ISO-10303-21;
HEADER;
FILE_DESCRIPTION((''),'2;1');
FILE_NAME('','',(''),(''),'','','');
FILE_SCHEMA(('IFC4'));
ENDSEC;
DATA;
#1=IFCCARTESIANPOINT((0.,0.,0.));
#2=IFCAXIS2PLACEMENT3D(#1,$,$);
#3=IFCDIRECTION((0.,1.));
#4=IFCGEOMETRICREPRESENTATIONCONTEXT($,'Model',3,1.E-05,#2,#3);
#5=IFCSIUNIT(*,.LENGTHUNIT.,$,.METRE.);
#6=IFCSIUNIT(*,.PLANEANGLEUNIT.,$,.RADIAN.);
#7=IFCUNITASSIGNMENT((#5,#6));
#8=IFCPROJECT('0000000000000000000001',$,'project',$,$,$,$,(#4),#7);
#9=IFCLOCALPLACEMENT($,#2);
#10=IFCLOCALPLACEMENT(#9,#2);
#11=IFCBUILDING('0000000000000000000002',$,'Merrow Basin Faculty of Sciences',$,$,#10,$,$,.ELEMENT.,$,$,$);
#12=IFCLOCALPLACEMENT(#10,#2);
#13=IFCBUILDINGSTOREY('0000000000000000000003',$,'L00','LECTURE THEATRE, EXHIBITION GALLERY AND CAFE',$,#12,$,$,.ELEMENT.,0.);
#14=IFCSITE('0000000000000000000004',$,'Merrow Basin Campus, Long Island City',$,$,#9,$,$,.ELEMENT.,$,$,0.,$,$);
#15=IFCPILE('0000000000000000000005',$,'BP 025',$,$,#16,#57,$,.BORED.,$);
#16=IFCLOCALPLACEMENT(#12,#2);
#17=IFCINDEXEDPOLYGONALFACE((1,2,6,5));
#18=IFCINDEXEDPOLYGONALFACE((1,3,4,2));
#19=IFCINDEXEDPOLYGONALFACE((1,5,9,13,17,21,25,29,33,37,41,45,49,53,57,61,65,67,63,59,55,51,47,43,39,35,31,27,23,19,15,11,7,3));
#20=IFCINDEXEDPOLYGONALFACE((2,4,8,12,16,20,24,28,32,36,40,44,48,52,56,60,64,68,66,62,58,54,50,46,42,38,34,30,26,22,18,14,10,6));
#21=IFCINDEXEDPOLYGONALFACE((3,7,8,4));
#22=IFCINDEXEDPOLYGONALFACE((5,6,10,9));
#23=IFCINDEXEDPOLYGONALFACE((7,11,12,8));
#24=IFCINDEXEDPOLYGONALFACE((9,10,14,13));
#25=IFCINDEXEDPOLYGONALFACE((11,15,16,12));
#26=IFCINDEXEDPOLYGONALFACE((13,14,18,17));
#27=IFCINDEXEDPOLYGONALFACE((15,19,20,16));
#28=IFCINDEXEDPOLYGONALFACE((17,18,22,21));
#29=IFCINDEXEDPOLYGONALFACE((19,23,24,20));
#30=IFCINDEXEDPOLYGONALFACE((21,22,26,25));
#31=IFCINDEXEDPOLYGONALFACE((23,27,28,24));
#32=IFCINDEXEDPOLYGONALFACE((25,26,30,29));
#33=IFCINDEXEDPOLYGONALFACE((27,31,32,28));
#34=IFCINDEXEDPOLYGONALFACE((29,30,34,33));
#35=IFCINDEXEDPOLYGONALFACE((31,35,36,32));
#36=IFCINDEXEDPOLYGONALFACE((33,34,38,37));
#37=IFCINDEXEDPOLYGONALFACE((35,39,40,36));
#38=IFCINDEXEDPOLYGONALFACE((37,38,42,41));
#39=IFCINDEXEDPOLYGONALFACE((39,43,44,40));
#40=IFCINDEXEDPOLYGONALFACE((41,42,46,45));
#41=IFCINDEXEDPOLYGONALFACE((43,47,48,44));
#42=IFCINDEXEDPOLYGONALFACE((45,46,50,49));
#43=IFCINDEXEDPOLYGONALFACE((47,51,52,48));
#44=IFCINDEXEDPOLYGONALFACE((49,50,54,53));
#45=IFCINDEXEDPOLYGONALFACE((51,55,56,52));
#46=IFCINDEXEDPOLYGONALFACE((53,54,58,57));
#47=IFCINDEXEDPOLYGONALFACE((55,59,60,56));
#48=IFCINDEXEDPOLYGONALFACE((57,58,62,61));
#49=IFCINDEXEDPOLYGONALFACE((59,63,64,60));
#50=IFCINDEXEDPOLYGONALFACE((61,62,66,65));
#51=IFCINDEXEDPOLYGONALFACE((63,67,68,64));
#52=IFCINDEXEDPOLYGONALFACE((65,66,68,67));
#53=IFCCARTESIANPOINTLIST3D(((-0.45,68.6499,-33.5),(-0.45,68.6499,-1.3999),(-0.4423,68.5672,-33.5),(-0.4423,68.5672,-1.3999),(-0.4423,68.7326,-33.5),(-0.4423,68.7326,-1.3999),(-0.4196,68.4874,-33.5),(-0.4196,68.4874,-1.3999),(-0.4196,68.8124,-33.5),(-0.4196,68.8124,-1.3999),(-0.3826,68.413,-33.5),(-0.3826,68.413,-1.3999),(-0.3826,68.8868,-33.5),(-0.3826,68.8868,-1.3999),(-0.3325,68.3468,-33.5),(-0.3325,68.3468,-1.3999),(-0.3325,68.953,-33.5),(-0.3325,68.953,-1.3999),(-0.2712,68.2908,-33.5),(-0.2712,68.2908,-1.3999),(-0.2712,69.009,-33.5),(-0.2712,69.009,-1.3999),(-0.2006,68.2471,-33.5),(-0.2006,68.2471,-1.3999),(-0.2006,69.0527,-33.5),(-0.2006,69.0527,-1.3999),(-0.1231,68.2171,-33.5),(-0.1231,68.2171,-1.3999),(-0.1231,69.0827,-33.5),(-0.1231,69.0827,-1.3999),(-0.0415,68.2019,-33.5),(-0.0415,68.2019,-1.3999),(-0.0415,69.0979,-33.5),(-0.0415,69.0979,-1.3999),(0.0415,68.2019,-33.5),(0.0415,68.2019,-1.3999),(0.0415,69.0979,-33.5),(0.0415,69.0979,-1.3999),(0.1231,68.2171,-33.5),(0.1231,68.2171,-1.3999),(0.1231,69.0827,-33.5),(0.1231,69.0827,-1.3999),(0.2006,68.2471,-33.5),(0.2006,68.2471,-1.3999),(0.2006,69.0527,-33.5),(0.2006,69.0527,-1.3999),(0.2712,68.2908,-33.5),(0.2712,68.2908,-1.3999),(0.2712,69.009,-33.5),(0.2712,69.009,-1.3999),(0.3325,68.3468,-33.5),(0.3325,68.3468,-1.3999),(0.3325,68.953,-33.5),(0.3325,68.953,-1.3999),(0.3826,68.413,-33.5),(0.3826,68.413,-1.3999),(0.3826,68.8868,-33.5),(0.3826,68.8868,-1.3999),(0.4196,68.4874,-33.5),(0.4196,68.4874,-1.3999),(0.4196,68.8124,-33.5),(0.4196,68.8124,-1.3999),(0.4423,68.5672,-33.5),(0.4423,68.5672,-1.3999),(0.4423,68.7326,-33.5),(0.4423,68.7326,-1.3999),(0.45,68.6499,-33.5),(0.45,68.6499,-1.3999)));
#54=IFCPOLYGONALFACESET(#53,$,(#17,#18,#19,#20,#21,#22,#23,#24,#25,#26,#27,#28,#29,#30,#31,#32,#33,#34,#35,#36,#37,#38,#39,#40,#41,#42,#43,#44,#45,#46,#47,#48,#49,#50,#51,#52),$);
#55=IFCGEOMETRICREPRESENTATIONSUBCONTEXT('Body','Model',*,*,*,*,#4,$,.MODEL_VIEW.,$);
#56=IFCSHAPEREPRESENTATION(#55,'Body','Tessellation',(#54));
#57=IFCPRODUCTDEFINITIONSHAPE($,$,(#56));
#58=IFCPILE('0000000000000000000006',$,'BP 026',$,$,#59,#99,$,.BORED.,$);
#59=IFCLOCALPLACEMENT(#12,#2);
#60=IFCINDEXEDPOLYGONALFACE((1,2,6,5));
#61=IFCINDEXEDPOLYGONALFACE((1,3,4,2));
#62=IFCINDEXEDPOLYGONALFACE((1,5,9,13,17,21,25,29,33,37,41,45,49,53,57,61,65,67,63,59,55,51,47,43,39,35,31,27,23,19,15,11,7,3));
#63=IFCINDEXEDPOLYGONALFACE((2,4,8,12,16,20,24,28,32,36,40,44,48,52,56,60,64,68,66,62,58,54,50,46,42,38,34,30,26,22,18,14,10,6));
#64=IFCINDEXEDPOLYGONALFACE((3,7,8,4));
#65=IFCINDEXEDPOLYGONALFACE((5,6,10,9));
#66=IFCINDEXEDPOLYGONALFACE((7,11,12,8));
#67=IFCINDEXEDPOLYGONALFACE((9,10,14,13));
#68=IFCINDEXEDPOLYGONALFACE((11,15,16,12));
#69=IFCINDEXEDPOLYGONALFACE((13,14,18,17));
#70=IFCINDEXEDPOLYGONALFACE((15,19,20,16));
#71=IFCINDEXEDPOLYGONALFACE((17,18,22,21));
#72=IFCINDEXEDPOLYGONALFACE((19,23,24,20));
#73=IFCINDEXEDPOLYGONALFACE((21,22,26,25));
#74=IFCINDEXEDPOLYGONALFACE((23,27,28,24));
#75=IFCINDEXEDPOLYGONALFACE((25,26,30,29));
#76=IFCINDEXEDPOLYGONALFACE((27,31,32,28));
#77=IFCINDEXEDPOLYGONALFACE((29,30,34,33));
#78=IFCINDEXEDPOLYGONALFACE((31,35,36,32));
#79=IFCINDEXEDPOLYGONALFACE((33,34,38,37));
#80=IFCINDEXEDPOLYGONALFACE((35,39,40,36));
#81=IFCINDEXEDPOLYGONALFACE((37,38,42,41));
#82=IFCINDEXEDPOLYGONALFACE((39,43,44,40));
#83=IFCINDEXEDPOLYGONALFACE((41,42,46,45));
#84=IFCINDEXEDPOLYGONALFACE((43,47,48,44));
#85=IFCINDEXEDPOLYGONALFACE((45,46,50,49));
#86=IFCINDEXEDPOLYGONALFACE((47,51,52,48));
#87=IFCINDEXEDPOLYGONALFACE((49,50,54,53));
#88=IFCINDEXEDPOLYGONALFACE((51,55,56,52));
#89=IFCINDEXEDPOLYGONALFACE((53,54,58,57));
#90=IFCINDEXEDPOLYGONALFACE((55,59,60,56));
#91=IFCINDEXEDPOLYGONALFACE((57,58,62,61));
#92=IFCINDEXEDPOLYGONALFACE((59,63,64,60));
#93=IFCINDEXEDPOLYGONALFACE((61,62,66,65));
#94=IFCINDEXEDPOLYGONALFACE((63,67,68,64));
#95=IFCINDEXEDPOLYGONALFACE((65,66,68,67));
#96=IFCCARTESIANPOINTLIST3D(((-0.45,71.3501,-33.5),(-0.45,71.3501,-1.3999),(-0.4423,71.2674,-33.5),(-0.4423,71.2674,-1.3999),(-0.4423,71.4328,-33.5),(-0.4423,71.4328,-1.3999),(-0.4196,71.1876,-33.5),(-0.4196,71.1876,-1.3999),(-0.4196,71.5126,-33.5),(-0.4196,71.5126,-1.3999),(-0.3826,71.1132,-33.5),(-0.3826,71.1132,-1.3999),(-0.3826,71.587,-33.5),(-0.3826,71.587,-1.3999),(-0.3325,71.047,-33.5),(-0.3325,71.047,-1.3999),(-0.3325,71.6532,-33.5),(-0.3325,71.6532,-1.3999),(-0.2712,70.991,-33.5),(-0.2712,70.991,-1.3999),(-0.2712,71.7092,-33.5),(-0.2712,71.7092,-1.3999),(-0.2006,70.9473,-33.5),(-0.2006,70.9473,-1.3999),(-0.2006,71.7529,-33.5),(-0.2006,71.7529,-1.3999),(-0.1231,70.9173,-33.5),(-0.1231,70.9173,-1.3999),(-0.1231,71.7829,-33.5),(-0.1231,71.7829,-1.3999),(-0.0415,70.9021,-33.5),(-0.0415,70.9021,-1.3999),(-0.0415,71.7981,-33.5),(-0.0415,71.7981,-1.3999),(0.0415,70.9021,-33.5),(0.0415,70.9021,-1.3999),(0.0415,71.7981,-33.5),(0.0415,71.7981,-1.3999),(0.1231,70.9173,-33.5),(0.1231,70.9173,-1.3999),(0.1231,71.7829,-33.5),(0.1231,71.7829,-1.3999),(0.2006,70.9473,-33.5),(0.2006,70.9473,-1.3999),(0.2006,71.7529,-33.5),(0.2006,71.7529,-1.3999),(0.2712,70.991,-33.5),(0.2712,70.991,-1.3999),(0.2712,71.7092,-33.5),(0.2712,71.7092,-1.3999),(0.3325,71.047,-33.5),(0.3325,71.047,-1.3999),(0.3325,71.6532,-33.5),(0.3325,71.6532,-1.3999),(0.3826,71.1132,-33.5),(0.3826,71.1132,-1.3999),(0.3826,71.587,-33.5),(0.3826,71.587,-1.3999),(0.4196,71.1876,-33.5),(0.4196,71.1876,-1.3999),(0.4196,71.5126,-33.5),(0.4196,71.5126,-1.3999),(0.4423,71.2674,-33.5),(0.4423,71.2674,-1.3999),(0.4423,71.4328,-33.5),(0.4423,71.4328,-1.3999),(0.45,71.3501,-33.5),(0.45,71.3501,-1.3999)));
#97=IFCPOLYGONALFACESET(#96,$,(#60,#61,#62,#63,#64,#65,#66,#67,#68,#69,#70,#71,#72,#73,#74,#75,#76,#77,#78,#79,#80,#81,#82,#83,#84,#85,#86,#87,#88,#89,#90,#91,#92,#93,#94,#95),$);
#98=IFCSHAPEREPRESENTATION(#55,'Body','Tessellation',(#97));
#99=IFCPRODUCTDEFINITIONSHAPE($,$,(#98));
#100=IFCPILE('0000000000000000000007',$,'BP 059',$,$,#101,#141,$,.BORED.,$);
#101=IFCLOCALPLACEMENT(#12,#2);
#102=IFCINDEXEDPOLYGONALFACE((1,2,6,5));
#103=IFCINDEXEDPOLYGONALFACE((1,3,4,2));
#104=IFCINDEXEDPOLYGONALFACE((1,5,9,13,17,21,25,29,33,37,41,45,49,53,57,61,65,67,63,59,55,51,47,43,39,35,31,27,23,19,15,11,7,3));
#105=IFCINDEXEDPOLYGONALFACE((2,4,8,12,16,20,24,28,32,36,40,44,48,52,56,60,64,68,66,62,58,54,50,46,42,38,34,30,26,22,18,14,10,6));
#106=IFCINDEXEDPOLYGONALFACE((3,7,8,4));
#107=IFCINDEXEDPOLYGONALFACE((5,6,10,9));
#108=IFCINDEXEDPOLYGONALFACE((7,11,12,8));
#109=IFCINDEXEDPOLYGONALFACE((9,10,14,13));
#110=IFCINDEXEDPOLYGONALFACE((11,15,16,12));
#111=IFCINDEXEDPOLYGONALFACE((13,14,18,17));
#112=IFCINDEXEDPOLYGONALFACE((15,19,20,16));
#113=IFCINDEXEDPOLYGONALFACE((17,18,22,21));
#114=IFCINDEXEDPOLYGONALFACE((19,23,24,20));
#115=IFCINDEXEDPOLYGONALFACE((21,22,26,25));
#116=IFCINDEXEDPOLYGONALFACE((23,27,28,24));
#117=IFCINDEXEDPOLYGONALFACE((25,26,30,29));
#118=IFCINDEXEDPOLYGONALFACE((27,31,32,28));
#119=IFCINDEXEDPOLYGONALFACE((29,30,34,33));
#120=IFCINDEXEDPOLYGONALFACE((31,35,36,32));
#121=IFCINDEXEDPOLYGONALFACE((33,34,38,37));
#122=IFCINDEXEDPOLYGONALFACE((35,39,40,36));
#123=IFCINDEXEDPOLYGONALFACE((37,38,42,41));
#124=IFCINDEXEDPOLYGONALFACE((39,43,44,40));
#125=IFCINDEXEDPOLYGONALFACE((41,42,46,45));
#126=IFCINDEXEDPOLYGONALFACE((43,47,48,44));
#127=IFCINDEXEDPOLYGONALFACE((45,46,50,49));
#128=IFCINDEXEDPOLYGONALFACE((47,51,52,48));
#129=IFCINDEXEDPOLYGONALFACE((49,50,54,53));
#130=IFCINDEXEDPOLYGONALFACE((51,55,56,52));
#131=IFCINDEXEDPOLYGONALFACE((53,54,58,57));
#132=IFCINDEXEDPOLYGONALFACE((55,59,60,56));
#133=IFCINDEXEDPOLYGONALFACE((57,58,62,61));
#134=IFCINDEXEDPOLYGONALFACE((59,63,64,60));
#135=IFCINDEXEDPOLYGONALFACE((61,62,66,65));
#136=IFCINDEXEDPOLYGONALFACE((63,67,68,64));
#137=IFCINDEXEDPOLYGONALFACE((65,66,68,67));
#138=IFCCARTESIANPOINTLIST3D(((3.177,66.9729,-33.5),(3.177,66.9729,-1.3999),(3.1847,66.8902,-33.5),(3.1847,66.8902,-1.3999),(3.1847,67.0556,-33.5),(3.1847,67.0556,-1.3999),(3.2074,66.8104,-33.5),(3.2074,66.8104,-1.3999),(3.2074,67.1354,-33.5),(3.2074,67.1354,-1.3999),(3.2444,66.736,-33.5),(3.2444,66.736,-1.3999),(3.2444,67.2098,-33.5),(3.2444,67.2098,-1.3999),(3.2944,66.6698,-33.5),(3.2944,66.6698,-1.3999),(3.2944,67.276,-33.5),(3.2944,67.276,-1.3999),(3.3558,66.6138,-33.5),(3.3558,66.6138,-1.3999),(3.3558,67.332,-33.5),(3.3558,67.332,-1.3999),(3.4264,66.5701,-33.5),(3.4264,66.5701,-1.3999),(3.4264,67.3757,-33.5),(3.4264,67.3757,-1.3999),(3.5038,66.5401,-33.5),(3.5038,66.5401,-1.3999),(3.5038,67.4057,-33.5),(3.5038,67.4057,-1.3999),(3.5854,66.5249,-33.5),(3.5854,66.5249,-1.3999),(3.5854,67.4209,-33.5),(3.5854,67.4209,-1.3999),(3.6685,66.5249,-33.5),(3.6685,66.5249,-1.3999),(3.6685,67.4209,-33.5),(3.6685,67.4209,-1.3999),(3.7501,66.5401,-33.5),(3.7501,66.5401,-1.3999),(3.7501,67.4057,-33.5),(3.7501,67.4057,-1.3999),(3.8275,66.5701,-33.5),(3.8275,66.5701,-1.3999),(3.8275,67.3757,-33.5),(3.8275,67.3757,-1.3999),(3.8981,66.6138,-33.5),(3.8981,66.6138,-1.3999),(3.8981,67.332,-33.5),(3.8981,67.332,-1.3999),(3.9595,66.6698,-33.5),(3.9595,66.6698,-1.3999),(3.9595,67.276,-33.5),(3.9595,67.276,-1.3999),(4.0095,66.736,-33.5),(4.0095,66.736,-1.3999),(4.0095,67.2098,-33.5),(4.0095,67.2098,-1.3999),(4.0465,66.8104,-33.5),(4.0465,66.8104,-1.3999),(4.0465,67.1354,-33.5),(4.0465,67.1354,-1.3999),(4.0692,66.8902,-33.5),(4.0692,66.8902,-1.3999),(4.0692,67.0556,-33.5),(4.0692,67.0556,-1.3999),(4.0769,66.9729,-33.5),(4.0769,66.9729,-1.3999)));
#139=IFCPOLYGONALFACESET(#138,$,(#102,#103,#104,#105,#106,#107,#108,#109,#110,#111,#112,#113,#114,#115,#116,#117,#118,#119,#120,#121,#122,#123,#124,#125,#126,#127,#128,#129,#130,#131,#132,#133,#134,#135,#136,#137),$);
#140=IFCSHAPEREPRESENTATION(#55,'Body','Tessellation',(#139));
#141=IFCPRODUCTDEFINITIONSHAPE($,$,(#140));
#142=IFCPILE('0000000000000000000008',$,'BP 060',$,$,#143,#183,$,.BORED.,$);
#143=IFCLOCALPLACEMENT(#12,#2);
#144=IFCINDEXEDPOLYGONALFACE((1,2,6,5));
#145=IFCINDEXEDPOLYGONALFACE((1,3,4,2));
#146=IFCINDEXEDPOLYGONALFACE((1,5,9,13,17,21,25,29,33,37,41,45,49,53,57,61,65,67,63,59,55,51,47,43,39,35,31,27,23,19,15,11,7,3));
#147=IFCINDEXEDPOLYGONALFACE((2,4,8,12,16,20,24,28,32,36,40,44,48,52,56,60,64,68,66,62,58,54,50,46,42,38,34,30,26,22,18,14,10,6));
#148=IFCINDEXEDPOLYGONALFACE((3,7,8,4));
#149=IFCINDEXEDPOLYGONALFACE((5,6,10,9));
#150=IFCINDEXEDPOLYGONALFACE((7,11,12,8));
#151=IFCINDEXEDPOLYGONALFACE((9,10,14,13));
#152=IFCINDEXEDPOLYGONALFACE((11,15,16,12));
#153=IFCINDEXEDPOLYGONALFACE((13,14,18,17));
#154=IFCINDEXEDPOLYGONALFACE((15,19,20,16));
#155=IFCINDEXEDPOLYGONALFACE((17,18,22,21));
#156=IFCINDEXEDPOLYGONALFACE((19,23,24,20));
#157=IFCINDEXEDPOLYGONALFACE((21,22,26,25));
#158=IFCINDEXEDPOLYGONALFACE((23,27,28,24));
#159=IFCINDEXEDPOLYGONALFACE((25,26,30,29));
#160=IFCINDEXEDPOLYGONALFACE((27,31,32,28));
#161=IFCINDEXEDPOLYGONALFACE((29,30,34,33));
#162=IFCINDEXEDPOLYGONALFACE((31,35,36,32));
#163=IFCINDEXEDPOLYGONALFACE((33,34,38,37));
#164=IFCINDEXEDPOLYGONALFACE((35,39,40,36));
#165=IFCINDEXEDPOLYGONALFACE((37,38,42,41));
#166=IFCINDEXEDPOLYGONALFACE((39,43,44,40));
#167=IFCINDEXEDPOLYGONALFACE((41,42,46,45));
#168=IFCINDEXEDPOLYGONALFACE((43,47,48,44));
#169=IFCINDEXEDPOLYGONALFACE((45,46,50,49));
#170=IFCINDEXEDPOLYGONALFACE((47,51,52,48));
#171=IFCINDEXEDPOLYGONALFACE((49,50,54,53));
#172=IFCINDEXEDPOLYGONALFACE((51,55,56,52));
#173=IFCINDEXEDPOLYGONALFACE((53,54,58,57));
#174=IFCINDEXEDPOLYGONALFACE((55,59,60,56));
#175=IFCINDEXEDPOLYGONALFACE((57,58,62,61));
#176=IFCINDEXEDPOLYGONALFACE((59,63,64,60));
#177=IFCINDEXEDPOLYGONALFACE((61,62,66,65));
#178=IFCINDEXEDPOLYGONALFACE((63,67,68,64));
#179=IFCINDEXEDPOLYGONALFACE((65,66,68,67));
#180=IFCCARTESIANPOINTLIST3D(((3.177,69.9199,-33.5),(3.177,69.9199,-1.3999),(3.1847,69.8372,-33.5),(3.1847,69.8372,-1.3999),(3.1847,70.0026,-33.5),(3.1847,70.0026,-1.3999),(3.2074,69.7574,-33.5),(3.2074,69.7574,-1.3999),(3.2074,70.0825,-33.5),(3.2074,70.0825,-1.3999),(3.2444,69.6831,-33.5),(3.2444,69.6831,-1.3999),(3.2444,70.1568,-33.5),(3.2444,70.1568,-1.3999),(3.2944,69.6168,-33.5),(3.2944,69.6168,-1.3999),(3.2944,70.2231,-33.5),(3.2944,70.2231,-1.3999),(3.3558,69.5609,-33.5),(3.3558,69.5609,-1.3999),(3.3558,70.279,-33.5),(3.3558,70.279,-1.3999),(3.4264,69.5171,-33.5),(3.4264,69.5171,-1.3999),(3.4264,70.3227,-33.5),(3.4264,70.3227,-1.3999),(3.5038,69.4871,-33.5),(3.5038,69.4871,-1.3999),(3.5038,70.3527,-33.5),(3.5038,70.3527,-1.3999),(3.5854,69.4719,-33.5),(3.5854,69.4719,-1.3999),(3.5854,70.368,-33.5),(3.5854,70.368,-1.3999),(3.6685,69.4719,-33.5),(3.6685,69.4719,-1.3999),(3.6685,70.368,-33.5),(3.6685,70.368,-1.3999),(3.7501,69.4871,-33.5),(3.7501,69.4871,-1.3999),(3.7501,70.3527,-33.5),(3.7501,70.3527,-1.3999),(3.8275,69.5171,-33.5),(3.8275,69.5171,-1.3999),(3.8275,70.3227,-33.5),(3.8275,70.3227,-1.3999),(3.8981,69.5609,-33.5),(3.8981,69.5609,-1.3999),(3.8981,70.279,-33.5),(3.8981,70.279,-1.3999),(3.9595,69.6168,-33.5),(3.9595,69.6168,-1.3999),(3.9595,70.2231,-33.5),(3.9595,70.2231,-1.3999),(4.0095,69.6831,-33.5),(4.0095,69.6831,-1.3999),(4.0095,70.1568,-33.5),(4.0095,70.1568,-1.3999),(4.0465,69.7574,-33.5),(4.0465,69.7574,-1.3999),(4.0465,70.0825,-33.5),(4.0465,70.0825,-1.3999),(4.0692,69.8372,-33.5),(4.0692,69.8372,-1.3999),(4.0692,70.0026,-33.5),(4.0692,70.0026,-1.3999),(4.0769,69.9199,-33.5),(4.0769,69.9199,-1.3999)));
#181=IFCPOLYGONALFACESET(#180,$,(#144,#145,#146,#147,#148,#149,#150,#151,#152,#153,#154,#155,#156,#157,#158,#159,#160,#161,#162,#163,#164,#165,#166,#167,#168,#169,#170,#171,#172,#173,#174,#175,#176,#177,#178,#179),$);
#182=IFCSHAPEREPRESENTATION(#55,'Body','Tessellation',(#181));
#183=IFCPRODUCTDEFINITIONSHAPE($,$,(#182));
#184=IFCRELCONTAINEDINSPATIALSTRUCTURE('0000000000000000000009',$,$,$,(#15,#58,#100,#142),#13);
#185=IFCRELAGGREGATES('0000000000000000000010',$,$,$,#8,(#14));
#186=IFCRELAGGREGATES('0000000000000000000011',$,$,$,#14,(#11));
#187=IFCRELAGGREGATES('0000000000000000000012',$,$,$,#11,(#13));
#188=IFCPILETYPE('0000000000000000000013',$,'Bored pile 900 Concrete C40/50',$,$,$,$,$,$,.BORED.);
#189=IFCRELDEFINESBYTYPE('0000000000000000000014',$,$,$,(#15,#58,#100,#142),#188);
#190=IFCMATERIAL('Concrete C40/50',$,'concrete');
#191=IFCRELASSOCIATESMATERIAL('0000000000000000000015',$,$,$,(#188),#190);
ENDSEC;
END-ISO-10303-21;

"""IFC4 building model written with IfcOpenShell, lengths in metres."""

from ifc_helpers import new_model, si_unit, direction, frame, origin, origin_2d, place, context, subcontext, project, spatial, circle, extrude, material, material_profile, profile_set, type_object, element, save


model = new_model("IFC4")

# Units and contexts
model_context = context("Model", 3, precision=1e-05, world=origin(), true_north=direction((0.0, 1.0)))
body_context = subcontext(model_context, "Body", "Model", "MODEL_VIEW")
ifc_project = project(units=[si_unit("LENGTHUNIT", "METRE"), si_unit("PLANEANGLEUNIT", "RADIAN")], contexts=[model_context])

# Site, building, storey
site_placement = place(None, origin())
site = spatial("IfcSite", under=ifc_project, at=site_placement, Name="Merrow Basin Campus, Long Island City", CompositionType="ELEMENT", RefElevation=0.0)
building_placement = place(site_placement, origin())
building = spatial("IfcBuilding", under=site, at=building_placement, Name="Merrow Basin Faculty of Sciences", CompositionType="ELEMENT")
storey_placement = place(building_placement, origin())
storey = spatial("IfcBuildingStorey", under=building, at=storey_placement, Name="L00", Description="LECTURE THEATRE, EXHIBITION GALLERY AND CAFE", CompositionType="ELEMENT", Elevation=0.0)

# Piles
ifc_material_1 = material(Name="Concrete C40/50", Category="concrete")
ifc_material_profile_1 = material_profile(ifc_material_1, circle(Radius=0.45, at=origin_2d()))
ifc_profile_set_1 = profile_set([ifc_material_profile_1], Name="Concrete C40/50")
pile_type = type_object("IfcPileType", Name="Bored pile 900 Concrete C40/50", PredefinedType="BORED", material=ifc_profile_set_1)
for number, where, z_axis, x_axis, name in (
    (1, (0.0, 68.6499, -1.3999), (0.0, 0.0, -1.0), (1.0, 0.0, 0.0), "BP 025"),
    (2, (0.0, 71.3501, -1.3999), (0.0, 0.0, -1.0), (1.0, 0.0, 0.0), "BP 026"),
    (3, (3.627, 66.9729, -1.3999), (0.0, 0.0, -1.0), (1.0, 0.0, 0.0), "BP 059"),
    (4, (3.627, 69.9199, -1.3999), (0.0, 0.0, -1.0), (1.0, 0.0, 0.0), "BP 060"),
):
    element("IfcPile", number, at=place(storey_placement, frame(where, z_axis=z_axis, x_axis=x_axis)), inside=storey, type_object=pile_type, Name=name, PredefinedType="BORED", context=body_context, shape_type="SweptSolid", body=[
        extrude(circle(Radius=0.45, at=origin_2d()), origin(), (0.0, 0.0, 1.0), 32.1001),
    ])

save(model, "model.ifc")
